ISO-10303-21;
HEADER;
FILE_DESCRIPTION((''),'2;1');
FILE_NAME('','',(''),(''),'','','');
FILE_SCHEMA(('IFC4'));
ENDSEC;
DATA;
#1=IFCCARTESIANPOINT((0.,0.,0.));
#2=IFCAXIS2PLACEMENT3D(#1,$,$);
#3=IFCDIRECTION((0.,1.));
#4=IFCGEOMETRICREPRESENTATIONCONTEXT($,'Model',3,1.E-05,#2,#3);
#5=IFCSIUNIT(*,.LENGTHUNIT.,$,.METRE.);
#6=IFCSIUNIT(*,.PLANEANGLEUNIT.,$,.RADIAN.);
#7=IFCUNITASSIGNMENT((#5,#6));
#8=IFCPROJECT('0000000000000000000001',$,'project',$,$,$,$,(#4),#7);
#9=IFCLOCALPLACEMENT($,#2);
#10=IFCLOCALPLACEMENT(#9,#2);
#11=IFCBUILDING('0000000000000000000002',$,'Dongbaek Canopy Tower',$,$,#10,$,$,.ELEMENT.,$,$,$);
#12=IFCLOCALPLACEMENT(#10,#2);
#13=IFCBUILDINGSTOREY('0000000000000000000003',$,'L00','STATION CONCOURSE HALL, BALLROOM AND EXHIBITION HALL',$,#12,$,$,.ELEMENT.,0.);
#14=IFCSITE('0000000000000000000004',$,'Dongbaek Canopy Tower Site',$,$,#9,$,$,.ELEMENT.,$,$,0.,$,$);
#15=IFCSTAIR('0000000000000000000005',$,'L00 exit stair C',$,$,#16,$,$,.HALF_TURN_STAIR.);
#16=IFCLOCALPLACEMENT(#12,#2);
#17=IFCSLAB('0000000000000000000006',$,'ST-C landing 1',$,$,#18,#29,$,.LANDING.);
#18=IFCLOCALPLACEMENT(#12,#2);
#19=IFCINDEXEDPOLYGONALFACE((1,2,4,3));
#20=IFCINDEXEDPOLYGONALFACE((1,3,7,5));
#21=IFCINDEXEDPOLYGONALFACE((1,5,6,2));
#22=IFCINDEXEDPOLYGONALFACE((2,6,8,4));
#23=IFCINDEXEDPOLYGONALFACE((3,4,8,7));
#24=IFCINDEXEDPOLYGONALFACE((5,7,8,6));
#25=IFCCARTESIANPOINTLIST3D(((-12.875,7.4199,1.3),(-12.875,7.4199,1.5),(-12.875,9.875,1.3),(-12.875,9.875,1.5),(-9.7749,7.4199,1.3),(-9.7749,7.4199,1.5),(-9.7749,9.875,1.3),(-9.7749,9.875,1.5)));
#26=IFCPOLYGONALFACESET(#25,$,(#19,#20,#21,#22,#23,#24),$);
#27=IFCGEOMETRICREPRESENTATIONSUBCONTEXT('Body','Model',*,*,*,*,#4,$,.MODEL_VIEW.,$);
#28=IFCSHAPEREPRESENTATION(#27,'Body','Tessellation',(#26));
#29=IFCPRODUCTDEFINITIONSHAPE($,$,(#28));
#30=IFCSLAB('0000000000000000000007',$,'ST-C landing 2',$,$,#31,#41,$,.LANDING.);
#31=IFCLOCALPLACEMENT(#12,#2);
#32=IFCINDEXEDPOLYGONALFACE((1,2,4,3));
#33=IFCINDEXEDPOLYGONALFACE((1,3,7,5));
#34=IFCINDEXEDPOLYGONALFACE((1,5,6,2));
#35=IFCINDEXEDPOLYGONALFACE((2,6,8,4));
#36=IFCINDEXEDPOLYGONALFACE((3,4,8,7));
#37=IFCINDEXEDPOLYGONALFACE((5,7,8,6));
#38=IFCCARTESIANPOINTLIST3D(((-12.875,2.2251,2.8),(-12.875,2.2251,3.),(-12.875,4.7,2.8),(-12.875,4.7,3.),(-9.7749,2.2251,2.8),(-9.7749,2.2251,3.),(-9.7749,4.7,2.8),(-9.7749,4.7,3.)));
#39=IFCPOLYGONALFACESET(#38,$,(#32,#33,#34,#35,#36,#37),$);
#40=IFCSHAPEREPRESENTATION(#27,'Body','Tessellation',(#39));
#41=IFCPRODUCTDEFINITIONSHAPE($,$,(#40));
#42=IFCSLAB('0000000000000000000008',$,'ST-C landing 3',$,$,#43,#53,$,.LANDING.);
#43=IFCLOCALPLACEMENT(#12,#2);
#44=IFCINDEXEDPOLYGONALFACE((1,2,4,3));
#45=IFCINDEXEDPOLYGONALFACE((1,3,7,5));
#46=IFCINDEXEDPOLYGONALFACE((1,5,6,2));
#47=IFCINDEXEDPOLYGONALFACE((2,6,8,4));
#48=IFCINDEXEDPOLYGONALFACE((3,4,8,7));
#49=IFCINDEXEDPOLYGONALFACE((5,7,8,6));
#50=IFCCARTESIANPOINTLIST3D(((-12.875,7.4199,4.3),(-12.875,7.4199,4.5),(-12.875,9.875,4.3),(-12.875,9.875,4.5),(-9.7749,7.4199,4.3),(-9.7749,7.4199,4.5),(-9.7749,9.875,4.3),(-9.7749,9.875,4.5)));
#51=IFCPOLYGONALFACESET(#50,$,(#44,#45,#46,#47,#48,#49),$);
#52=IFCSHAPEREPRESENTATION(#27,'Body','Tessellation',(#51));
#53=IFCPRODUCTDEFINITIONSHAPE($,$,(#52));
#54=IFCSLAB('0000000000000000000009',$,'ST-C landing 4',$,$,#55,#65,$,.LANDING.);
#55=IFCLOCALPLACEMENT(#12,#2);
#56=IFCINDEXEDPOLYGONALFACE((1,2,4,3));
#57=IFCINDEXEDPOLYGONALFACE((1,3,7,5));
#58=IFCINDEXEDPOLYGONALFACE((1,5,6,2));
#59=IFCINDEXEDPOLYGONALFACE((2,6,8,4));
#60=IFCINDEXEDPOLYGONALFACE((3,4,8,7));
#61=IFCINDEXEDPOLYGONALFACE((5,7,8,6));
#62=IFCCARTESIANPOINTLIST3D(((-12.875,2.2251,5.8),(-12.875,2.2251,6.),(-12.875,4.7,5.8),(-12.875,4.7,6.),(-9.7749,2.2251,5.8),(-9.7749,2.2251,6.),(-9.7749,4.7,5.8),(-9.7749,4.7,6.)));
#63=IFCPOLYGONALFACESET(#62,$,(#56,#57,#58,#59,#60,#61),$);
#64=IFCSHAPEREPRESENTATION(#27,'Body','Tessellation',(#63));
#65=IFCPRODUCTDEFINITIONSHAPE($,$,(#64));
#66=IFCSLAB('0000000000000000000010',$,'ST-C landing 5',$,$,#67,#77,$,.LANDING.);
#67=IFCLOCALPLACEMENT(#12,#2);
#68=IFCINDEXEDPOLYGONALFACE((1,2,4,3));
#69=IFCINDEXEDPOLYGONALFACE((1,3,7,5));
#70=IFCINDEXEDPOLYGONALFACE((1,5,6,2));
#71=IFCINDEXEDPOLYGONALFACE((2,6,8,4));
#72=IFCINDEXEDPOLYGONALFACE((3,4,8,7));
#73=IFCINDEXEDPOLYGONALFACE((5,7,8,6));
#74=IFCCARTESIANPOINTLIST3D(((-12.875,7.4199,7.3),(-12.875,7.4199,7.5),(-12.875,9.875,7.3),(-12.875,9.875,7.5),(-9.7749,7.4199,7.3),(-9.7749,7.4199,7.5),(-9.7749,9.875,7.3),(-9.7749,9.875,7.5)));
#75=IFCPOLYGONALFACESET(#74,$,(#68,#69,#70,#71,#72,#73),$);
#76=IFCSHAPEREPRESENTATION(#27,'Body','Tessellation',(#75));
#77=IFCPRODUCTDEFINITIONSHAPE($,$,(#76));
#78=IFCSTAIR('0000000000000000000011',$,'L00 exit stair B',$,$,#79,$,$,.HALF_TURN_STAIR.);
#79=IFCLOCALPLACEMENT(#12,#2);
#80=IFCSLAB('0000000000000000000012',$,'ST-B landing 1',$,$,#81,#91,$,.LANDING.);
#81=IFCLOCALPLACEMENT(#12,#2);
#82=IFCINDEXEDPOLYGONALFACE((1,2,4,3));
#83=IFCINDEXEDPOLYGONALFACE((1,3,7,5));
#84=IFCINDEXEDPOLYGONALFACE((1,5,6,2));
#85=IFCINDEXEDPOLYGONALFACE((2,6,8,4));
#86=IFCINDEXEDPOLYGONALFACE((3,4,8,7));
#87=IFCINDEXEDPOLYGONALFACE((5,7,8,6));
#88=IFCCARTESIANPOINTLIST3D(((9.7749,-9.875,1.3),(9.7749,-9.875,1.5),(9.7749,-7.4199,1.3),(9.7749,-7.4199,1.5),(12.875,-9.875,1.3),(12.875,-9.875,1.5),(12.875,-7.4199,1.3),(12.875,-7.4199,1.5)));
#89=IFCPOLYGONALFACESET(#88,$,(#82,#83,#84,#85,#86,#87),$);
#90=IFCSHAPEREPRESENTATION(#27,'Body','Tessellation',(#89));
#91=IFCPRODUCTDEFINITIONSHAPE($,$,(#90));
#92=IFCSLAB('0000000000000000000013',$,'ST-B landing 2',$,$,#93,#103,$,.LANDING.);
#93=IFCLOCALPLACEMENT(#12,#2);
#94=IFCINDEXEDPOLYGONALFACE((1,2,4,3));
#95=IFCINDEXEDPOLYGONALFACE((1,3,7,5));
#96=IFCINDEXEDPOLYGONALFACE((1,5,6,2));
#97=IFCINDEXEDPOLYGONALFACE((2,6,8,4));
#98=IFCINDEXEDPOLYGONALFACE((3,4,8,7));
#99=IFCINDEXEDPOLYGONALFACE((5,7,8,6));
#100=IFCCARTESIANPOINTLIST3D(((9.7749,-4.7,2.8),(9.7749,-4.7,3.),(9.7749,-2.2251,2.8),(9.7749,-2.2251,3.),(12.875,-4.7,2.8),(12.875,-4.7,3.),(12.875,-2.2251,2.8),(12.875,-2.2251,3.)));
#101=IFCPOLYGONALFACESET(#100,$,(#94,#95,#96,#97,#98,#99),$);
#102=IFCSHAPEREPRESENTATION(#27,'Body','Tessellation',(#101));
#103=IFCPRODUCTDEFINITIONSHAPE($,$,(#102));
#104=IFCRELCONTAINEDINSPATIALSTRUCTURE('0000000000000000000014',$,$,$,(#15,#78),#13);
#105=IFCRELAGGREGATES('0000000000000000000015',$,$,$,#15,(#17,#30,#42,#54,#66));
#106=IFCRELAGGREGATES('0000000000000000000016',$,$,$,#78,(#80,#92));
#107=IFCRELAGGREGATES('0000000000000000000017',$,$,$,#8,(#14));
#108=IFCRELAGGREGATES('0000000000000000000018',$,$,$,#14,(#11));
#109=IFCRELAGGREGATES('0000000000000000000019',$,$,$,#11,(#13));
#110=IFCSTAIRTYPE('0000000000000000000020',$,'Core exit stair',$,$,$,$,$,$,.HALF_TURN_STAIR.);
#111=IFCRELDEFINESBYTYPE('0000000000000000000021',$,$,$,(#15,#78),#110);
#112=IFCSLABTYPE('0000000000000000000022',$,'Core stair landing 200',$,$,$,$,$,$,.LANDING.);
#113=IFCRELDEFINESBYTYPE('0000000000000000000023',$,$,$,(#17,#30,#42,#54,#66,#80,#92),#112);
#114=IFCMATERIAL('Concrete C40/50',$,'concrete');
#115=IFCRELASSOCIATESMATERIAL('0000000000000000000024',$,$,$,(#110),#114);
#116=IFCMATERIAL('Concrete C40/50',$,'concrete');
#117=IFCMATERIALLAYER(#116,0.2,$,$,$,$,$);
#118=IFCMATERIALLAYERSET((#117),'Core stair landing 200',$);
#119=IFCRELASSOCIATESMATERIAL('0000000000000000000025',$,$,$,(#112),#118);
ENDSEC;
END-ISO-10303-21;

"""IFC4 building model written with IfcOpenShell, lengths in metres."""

from ifc_helpers import new_model, si_unit, direction, frame, origin, place, context, subcontext, project, spatial, polyline, outline, extrude, material, layer, layer_set, type_object, element, aggregate, save


model = new_model("IFC4")

# Units and contexts
model_context = context("Model", 3, precision=1e-05, world=origin(), true_north=direction((0.0, 1.0)))
body_context = subcontext(model_context, "Body", "Model", "MODEL_VIEW")
ifc_project = project(units=[si_unit("LENGTHUNIT", "METRE"), si_unit("PLANEANGLEUNIT", "RADIAN")], contexts=[model_context])

# Site, building, storey
site_placement = place(None, origin())
site = spatial("IfcSite", under=ifc_project, at=site_placement, Name="Dongbaek Canopy Tower Site", CompositionType="ELEMENT", RefElevation=0.0)
building_placement = place(site_placement, origin())
building = spatial("IfcBuilding", under=site, at=building_placement, Name="Dongbaek Canopy Tower", CompositionType="ELEMENT")
storey_placement = place(building_placement, origin())
storey = spatial("IfcBuildingStorey", under=building, at=storey_placement, Name="L00", Description="STATION CONCOURSE HALL, BALLROOM AND EXHIBITION HALL", CompositionType="ELEMENT", Elevation=0.0)

# Stairs, slabs
ifc_material_1 = material(Name="Concrete C40/50", Category="concrete")
stair_type = type_object("IfcStairType", Name="Core exit stair", PredefinedType="HALF_TURN_STAIR", material=ifc_material_1)
ifc_material_2 = material(Name="Concrete C40/50", Category="concrete")
ifc_layer_1 = layer(ifc_material_2, 0.2)
ifc_layer_set_1 = layer_set([ifc_layer_1], Name="Core stair landing 200")
slab_type_1 = type_object("IfcSlabType", Name="Core stair landing 200", PredefinedType="LANDING", material=ifc_layer_set_1)
stair_1_placement = place(storey_placement, origin())
stair_1 = element("IfcStair", 1, at=stair_1_placement, inside=storey, type_object=stair_type, Name="L00 exit stair C", PredefinedType="HALF_TURN_STAIR")
slab_1_placement = place(storey_placement, frame((0.0, 0.0, 1.3)))
slab_1 = element("IfcSlab", 2, at=slab_1_placement, type_object=slab_type_1, Name="ST-C landing 1", PredefinedType="LANDING", context=body_context, shape_type="SweptSolid", body=[
    extrude(outline(polyline([(-9.7749, 7.4199), (-9.7749, 9.875), (-12.875, 9.875), (-12.875, 7.4199), (-9.7749, 7.4199)])), origin(), (0.0, 0.0, 1.0), 0.2),
])
slab_2_placement = place(storey_placement, frame((0.0, 0.0, 2.8)))
slab_2 = element("IfcSlab", 3, at=slab_2_placement, type_object=slab_type_1, Name="ST-C landing 2", PredefinedType="LANDING", context=body_context, shape_type="SweptSolid", body=[
    extrude(outline(polyline([(-9.7749, 2.2251), (-9.7749, 4.7), (-12.875, 4.7), (-12.875, 2.2251), (-9.7749, 2.2251)])), origin(), (0.0, 0.0, 1.0), 0.2),
])
slab_3_placement = place(storey_placement, frame((0.0, 0.0, 4.3)))
slab_3 = element("IfcSlab", 4, at=slab_3_placement, type_object=slab_type_1, Name="ST-C landing 3", PredefinedType="LANDING", context=body_context, shape_type="SweptSolid", body=[
    extrude(outline(polyline([(-9.7749, 7.4199), (-9.7749, 9.875), (-12.875, 9.875), (-12.875, 7.4199), (-9.7749, 7.4199)])), origin(), (0.0, 0.0, 1.0), 0.2),
])
slab_4_placement = place(storey_placement, frame((0.0, 0.0, 5.8)))
slab_4 = element("IfcSlab", 5, at=slab_4_placement, type_object=slab_type_1, Name="ST-C landing 4", PredefinedType="LANDING", context=body_context, shape_type="SweptSolid", body=[
    extrude(outline(polyline([(-9.7749, 2.2251), (-9.7749, 4.7), (-12.875, 4.7), (-12.875, 2.2251), (-9.7749, 2.2251)])), origin(), (0.0, 0.0, 1.0), 0.2),
])
slab_5_placement = place(storey_placement, frame((0.0, 0.0, 7.3)))
slab_5 = element("IfcSlab", 6, at=slab_5_placement, type_object=slab_type_1, Name="ST-C landing 5", PredefinedType="LANDING", context=body_context, shape_type="SweptSolid", body=[
    extrude(outline(polyline([(-9.7749, 7.4199), (-9.7749, 9.875), (-12.875, 9.875), (-12.875, 7.4199), (-9.7749, 7.4199)])), origin(), (0.0, 0.0, 1.0), 0.2),
])
aggregate(stair_1, [slab_1, slab_2, slab_3, slab_4, slab_5])
stair_2_placement = place(storey_placement, origin())
stair_2 = element("IfcStair", 7, at=stair_2_placement, inside=storey, type_object=stair_type, Name="L00 exit stair B", PredefinedType="HALF_TURN_STAIR")
slab_6_placement = place(storey_placement, frame((0.0, 0.0, 1.3)))
slab_6 = element("IfcSlab", 8, at=slab_6_placement, type_object=slab_type_1, Name="ST-B landing 1", PredefinedType="LANDING", context=body_context, shape_type="SweptSolid", body=[
    extrude(outline(polyline([(9.7749, -7.4199), (9.7749, -9.875), (12.875, -9.875), (12.875, -7.4199), (9.7749, -7.4199)])), origin(), (0.0, 0.0, 1.0), 0.2),
])
slab_7_placement = place(storey_placement, frame((0.0, 0.0, 2.8)))
slab_7 = element("IfcSlab", 9, at=slab_7_placement, type_object=slab_type_1, Name="ST-B landing 2", PredefinedType="LANDING", context=body_context, shape_type="SweptSolid", body=[
    extrude(outline(polyline([(9.7749, -2.2251), (9.7749, -4.7), (12.875, -4.7), (12.875, -2.2251), (9.7749, -2.2251)])), origin(), (0.0, 0.0, 1.0), 0.2),
])
aggregate(stair_2, [slab_6, slab_7])

save(model, "model.ifc")
